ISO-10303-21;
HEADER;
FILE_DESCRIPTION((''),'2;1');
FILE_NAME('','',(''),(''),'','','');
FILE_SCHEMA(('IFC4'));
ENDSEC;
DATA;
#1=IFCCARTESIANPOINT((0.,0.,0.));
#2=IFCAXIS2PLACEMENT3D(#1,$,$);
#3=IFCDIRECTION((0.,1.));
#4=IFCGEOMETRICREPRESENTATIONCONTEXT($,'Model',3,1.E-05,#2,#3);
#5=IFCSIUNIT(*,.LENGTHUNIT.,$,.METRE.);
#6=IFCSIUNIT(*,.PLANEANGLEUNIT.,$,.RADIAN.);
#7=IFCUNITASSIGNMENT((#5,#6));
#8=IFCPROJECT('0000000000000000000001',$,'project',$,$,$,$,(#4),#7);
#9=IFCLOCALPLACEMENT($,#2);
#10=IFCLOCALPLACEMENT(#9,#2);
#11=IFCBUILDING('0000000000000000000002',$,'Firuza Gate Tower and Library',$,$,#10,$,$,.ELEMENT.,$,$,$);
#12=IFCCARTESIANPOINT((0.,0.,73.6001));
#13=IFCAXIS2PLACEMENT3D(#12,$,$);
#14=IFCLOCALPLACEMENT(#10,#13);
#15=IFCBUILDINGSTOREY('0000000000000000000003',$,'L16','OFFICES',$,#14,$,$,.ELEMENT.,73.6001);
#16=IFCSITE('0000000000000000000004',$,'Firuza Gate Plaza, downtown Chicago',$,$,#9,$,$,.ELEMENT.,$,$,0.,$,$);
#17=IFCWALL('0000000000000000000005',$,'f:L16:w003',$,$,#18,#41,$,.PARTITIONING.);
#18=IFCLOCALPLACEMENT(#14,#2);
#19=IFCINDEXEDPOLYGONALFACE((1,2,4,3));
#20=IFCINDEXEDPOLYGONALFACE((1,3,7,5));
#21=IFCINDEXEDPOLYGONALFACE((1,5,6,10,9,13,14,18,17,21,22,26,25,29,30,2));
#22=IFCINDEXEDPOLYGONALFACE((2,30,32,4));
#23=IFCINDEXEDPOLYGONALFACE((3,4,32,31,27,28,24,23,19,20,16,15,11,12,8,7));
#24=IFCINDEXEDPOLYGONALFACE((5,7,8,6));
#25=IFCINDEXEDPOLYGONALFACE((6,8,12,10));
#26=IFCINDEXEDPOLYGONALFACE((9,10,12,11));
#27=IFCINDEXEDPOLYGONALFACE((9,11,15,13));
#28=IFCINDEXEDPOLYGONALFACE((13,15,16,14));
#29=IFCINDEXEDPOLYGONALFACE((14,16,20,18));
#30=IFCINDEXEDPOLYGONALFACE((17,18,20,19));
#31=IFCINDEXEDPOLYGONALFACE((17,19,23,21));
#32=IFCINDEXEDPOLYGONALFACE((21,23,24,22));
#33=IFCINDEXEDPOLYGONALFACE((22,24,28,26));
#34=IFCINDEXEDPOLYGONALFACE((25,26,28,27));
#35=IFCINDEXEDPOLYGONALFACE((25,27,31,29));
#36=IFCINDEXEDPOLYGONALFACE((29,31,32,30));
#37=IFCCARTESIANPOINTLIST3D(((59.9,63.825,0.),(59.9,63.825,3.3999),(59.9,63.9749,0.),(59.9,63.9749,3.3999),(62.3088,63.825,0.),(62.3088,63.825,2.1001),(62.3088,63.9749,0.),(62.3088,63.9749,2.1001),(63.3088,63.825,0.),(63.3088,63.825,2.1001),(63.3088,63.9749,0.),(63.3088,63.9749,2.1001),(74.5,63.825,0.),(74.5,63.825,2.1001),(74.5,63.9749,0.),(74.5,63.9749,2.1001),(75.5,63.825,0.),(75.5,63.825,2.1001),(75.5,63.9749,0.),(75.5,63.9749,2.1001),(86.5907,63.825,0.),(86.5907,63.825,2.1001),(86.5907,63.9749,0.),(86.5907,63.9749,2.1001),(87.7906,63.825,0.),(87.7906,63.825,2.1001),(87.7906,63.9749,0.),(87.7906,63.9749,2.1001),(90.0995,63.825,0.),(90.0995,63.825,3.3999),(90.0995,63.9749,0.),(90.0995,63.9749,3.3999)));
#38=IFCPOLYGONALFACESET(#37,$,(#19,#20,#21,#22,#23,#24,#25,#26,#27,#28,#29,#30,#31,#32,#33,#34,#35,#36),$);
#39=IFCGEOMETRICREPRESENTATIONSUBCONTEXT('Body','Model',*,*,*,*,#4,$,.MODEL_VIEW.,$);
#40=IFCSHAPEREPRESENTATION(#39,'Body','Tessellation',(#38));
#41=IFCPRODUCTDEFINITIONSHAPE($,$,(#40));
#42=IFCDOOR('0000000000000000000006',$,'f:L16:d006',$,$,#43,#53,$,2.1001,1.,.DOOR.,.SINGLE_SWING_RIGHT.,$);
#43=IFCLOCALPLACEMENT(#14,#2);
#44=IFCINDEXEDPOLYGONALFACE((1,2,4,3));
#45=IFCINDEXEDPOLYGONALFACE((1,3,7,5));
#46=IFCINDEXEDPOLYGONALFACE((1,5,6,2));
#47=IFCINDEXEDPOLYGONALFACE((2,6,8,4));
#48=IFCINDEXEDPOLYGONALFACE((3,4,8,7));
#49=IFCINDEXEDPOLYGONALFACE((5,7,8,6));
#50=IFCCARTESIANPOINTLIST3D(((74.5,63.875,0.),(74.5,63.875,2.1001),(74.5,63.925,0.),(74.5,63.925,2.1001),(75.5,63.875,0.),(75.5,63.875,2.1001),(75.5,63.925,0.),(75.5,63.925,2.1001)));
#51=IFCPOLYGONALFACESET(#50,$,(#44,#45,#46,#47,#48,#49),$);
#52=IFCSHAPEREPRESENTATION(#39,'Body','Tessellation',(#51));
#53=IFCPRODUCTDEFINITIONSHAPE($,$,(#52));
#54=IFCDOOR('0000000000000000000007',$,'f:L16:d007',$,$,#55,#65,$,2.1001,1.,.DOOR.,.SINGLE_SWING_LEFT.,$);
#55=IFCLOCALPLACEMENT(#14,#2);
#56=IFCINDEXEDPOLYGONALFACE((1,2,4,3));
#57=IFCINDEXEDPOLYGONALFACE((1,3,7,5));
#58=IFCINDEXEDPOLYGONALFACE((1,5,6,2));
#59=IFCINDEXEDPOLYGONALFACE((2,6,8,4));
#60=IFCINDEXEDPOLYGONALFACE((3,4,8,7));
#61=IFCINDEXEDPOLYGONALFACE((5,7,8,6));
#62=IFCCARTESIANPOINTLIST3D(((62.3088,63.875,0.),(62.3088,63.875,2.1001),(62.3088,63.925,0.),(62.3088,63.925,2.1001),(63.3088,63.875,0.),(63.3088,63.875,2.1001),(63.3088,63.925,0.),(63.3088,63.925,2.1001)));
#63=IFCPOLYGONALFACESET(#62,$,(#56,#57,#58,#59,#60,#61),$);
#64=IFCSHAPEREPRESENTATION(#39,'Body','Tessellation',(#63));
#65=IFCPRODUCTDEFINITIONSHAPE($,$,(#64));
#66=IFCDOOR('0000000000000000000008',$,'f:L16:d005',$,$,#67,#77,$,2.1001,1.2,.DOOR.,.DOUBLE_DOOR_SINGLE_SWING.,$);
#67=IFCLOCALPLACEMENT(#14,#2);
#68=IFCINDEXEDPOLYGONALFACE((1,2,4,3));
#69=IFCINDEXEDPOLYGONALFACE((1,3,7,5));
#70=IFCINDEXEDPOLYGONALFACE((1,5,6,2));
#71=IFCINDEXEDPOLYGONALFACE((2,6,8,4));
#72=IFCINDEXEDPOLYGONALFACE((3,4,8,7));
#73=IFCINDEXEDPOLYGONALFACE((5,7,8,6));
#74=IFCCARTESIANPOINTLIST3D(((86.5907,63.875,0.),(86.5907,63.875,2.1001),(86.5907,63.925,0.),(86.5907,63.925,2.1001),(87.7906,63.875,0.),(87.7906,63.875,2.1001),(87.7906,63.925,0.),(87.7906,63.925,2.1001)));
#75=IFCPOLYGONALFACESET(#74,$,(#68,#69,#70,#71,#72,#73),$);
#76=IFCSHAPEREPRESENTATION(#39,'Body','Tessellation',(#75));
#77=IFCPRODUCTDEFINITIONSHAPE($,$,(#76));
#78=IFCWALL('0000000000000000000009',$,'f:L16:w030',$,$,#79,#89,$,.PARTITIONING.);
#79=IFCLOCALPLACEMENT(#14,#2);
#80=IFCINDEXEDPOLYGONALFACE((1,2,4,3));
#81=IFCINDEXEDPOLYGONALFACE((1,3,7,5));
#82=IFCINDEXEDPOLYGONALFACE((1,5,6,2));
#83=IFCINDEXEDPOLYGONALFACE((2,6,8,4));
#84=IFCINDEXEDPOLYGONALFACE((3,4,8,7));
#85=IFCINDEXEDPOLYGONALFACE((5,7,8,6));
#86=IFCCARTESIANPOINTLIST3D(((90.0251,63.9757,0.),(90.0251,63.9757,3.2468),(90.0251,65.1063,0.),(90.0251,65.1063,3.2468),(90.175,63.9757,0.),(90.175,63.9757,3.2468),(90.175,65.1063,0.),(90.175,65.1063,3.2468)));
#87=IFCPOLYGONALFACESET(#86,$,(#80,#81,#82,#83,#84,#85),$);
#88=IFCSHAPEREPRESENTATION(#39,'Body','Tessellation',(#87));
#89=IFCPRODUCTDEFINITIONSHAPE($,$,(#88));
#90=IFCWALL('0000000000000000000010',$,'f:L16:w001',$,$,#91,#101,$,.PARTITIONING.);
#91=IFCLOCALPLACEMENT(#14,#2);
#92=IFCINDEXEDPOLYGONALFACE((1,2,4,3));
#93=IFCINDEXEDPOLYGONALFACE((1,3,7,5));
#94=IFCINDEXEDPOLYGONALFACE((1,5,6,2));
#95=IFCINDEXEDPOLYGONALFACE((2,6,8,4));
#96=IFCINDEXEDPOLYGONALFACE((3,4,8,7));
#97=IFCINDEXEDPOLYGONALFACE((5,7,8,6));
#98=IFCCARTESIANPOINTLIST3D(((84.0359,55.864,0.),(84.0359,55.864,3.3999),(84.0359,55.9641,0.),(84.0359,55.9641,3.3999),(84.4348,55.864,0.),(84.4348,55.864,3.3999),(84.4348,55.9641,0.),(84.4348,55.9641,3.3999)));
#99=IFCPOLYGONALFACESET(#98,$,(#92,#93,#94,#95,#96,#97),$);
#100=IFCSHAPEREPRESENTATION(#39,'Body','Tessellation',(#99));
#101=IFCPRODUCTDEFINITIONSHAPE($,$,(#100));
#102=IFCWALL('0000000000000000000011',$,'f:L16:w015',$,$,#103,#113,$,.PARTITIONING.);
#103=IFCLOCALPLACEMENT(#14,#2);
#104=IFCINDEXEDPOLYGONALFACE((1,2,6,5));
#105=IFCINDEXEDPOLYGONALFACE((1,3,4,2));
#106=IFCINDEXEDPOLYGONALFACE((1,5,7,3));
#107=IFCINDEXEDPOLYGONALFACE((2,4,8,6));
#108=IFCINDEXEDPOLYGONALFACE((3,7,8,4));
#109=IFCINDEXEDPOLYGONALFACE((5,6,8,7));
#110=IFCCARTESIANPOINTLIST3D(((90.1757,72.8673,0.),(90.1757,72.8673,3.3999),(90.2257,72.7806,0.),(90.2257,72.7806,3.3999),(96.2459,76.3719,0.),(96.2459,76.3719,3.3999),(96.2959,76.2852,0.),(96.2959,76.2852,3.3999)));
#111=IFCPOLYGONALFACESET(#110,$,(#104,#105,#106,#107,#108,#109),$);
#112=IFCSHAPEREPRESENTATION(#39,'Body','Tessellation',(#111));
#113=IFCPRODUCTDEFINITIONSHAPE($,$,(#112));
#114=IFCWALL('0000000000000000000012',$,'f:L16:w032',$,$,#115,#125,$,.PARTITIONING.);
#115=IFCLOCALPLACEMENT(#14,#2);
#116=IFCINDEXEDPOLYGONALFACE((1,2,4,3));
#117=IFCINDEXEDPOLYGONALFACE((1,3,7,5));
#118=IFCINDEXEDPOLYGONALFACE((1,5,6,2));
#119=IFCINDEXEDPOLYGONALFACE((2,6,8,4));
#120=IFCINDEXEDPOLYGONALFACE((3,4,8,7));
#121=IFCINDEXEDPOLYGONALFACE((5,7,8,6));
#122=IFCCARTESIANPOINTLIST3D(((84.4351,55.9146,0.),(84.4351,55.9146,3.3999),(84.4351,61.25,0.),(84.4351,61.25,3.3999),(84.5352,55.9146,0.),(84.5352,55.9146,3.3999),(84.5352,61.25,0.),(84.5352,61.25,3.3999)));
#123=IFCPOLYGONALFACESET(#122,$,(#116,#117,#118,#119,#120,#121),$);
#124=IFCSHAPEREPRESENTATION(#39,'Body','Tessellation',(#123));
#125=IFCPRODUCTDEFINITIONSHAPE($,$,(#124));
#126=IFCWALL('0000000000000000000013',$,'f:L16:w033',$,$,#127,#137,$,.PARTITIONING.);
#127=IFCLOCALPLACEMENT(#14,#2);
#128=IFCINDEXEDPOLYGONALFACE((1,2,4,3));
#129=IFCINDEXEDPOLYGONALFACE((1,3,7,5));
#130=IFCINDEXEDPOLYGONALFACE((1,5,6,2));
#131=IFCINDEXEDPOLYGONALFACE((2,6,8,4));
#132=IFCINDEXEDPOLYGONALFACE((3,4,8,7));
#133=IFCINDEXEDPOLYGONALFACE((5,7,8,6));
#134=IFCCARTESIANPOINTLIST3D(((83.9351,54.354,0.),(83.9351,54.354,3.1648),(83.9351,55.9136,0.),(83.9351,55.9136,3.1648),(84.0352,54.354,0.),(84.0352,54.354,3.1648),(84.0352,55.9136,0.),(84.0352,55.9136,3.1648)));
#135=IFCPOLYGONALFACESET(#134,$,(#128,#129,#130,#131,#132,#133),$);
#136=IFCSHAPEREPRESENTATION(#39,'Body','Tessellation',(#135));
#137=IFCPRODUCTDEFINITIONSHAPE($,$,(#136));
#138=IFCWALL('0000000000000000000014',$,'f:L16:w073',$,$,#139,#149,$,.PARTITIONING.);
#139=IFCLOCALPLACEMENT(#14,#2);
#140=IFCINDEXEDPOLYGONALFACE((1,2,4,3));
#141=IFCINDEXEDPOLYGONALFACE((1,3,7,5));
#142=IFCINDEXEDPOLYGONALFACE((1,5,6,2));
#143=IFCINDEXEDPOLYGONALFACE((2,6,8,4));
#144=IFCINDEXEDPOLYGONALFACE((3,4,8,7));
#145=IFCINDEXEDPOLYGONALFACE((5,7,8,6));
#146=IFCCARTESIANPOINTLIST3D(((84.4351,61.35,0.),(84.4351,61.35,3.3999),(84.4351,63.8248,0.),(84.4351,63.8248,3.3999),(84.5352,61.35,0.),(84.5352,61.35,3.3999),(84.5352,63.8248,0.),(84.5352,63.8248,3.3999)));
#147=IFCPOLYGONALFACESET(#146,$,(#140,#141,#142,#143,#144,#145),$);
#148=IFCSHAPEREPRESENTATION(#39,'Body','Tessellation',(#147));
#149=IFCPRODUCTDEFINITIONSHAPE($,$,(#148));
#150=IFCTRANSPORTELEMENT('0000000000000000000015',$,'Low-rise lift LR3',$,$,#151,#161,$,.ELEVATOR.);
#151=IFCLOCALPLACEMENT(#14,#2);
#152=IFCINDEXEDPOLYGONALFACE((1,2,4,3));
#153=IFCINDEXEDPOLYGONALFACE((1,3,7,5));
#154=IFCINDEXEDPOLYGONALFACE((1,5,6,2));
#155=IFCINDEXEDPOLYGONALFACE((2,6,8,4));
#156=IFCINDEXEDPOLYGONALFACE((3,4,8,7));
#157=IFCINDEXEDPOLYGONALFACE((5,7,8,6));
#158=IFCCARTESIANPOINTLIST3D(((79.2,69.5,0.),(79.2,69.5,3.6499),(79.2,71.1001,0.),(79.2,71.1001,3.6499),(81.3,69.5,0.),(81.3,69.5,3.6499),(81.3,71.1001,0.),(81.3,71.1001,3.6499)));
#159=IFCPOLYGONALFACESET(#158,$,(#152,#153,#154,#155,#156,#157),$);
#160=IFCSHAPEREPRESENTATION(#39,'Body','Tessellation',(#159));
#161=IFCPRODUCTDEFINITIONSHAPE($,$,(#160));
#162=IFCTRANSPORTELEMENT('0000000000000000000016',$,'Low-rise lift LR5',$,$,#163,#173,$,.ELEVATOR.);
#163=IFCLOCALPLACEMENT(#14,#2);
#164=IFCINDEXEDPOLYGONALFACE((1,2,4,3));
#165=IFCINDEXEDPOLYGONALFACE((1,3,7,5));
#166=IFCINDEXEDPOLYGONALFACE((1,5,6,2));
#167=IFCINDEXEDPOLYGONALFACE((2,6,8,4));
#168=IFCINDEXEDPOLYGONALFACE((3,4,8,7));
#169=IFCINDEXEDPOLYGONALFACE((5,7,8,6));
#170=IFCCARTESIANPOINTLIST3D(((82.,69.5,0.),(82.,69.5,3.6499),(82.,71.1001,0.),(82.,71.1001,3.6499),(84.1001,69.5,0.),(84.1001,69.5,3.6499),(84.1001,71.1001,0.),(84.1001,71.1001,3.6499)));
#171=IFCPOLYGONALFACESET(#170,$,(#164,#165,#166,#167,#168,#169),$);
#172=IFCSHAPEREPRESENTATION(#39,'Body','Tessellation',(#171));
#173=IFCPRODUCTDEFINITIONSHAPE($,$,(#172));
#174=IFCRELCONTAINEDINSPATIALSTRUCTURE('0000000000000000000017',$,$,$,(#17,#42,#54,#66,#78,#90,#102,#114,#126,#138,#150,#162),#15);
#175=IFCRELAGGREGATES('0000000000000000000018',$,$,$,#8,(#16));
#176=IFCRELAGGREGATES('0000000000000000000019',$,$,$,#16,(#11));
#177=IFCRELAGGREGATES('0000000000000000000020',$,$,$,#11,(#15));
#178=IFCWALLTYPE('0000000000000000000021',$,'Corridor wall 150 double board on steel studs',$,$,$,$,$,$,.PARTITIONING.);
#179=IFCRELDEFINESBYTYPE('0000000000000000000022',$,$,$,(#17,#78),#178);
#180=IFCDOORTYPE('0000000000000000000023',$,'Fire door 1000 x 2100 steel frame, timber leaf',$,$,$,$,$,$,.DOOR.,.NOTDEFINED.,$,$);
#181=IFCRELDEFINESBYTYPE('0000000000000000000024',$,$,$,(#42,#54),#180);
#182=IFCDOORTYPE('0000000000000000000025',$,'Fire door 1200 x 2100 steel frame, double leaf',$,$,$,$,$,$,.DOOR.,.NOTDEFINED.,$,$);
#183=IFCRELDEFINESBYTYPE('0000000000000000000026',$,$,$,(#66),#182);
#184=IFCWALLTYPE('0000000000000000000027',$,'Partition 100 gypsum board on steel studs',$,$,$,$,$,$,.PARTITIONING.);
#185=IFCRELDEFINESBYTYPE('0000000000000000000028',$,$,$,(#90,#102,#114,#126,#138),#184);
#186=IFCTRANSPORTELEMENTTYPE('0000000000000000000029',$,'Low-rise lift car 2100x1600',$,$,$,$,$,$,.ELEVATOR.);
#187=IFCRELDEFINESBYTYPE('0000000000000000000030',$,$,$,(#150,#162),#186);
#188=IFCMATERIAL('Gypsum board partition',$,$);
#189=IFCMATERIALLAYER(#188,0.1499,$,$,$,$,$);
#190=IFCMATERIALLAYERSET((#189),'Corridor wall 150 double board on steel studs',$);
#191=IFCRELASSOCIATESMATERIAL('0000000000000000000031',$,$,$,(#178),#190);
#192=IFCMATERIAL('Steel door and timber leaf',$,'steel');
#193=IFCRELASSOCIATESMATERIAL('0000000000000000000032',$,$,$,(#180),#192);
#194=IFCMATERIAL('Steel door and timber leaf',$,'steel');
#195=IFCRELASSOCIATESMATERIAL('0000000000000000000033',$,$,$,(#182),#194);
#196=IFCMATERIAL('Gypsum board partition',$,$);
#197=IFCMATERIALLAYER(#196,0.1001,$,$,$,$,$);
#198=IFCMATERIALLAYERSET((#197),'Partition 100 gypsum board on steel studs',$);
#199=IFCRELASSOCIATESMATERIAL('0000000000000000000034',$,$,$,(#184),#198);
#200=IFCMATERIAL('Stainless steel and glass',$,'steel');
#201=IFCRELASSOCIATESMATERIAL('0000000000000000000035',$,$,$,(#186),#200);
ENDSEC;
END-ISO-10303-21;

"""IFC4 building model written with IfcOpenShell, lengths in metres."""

from ifc_helpers import new_model, si_unit, direction, frame, frame_2d, origin, origin_2d, place, context, subcontext, project, spatial, rectangle, extrude, material, layer, layer_set, type_object, element, fill, save


model = new_model("IFC4")

# Units and contexts
model_context = context("Model", 3, precision=1e-05, world=origin(), true_north=direction((0.0, 1.0)))
body_context = subcontext(model_context, "Body", "Model", "MODEL_VIEW")
ifc_project = project(units=[si_unit("LENGTHUNIT", "METRE"), si_unit("PLANEANGLEUNIT", "RADIAN")], contexts=[model_context])

# Site, building, storey
site_placement = place(None, origin())
site = spatial("IfcSite", under=ifc_project, at=site_placement, Name="Firuza Gate Plaza, downtown Chicago", CompositionType="ELEMENT", RefElevation=0.0)
building_placement = place(site_placement, origin())
building = spatial("IfcBuilding", under=site, at=building_placement, Name="Firuza Gate Tower and Library", CompositionType="ELEMENT")
storey_placement = place(building_placement, frame((0.0, 0.0, 73.6001)))
storey = spatial("IfcBuildingStorey", under=building, at=storey_placement, Name="L16", Description="OFFICES", CompositionType="ELEMENT", Elevation=73.6001)

# Wall, openings, doors
ifc_material_1 = material(Name="Gypsum board partition")
ifc_layer_1 = layer(ifc_material_1, 0.1499)
ifc_layer_set_1 = layer_set([ifc_layer_1], Name="Corridor wall 150 double board on steel studs")
wall_type_1 = type_object("IfcWallType", Name="Corridor wall 150 double board on steel studs", PredefinedType="PARTITIONING", material=ifc_layer_set_1)
wall_1_placement = place(storey_placement, frame((90.0994, 63.8999, 0.0), z_axis=(0.0, 0.0, 1.0), x_axis=(-1.0, 0.0, 0.0)))
wall_1 = element("IfcWall", 1, at=wall_1_placement, inside=storey, type_object=wall_type_1, Name="f:L16:w003", PredefinedType="PARTITIONING", context=body_context, shape_type="SweptSolid", body=[
    extrude(rectangle(XDim=30.1995, YDim=0.1499, at=frame_2d((15.0996, 0.0))), origin(), (0.0, 0.0, 1.0), 3.3999),
])
opening_1_placement = place(wall_1_placement, frame((2.3086, 0.0, 0.0)))
opening_1 = element("IfcOpeningElement", 2, at=opening_1_placement, cuts=wall_1, PredefinedType="OPENING", context=body_context, shape_type="SweptSolid", body=[
    extrude(rectangle(XDim=1.2, YDim=2.1001, at=frame_2d((0.6001, 1.05))), frame((0.0, 0.085, 0.0), z_axis=(0.0, -1.0, 0.0), x_axis=(1.0, 0.0, 0.0)), (0.0, 0.0, 1.0), 0.1699),
])
opening_2_placement = place(wall_1_placement, frame((14.5994, 0.0, 0.0)))
opening_2 = element("IfcOpeningElement", 3, at=opening_2_placement, cuts=wall_1, PredefinedType="OPENING", context=body_context, shape_type="SweptSolid", body=[
    extrude(rectangle(XDim=1.0, YDim=2.1001, at=frame_2d((0.5, 1.05))), frame((0.0, 0.085, 0.0), z_axis=(0.0, -1.0, 0.0), x_axis=(1.0, 0.0, 0.0)), (0.0, 0.0, 1.0), 0.1699),
])
opening_3_placement = place(wall_1_placement, frame((26.7905, 0.0, 0.0)))
opening_3 = element("IfcOpeningElement", 4, at=opening_3_placement, cuts=wall_1, PredefinedType="OPENING", context=body_context, shape_type="SweptSolid", body=[
    extrude(rectangle(XDim=1.0, YDim=2.1001, at=frame_2d((0.5, 1.05))), frame((0.0, 0.085, 0.0), z_axis=(0.0, -1.0, 0.0), x_axis=(1.0, 0.0, 0.0)), (0.0, 0.0, 1.0), 0.1699),
])
ifc_material_2 = material(Name="Steel door and timber leaf", Category="steel")
door_type_1 = type_object("IfcDoorType", Name="Fire door 1000 x 2100 steel frame, timber leaf", OperationType="NOTDEFINED", PredefinedType="DOOR", material=ifc_material_2)
door_1_placement = place(opening_2_placement, origin())
door_1 = element("IfcDoor", 5, at=door_1_placement, inside=storey, type_object=door_type_1, Name="f:L16:d006", OperationType="SINGLE_SWING_RIGHT", OverallHeight=2.1001, OverallWidth=1.0, PredefinedType="DOOR", context=body_context, shape_type="SweptSolid", body=[
    extrude(rectangle(XDim=1.0, YDim=2.1001, at=frame_2d((0.5, 1.05))), frame((0.0, 0.0249, 0.0), z_axis=(0.0, -1.0, 0.0), x_axis=(1.0, 0.0, 0.0)), (0.0, 0.0, 1.0), 0.05),
])
fill(opening_2, door_1)
door_2_placement = place(opening_3_placement, origin())
door_2 = element("IfcDoor", 6, at=door_2_placement, inside=storey, type_object=door_type_1, Name="f:L16:d007", OperationType="SINGLE_SWING_LEFT", OverallHeight=2.1001, OverallWidth=1.0, PredefinedType="DOOR", context=body_context, shape_type="SweptSolid", body=[
    extrude(rectangle(XDim=1.0, YDim=2.1001, at=frame_2d((0.5, 1.05))), frame((0.0, 0.0249, 0.0), z_axis=(0.0, -1.0, 0.0), x_axis=(1.0, 0.0, 0.0)), (0.0, 0.0, 1.0), 0.05),
])
fill(opening_3, door_2)
ifc_material_3 = material(Name="Steel door and timber leaf", Category="steel")
door_type_2 = type_object("IfcDoorType", Name="Fire door 1200 x 2100 steel frame, double leaf", OperationType="NOTDEFINED", PredefinedType="DOOR", material=ifc_material_3)
door_3_placement = place(opening_1_placement, origin())
door_3 = element("IfcDoor", 7, at=door_3_placement, inside=storey, type_object=door_type_2, Name="f:L16:d005", OperationType="DOUBLE_DOOR_SINGLE_SWING", OverallHeight=2.1001, OverallWidth=1.2, PredefinedType="DOOR", context=body_context, shape_type="SweptSolid", body=[
    extrude(rectangle(XDim=1.2, YDim=2.1001, at=frame_2d((0.6001, 1.05))), frame((0.0, 0.0249, 0.0), z_axis=(0.0, -1.0, 0.0), x_axis=(1.0, 0.0, 0.0)), (0.0, 0.0, 1.0), 0.05),
])
fill(opening_1, door_3)

# Walls
wall_2_placement = place(storey_placement, frame((90.1001, 63.9756, 0.0), z_axis=(0.0, 0.0, 1.0), x_axis=(0.0, 1.0, 0.0)))
element("IfcWall", 8, at=wall_2_placement, inside=storey, type_object=wall_type_1, Name="f:L16:w030", PredefinedType="PARTITIONING", context=body_context, shape_type="SweptSolid", body=[
    extrude(rectangle(XDim=1.1306, YDim=0.1499, at=frame_2d((0.5654, 0.0))), origin(), (0.0, 0.0, 1.0), 3.2468),
])
ifc_material_4 = material(Name="Gypsum board partition")
ifc_layer_2 = layer(ifc_material_4, 0.1001)
ifc_layer_set_2 = layer_set([ifc_layer_2], Name="Partition 100 gypsum board on steel studs")
wall_type_2 = type_object("IfcWallType", Name="Partition 100 gypsum board on steel studs", PredefinedType="PARTITIONING", material=ifc_layer_set_2)
wall_3_placement = place(storey_placement, frame((84.0359, 55.9141, 0.0), z_axis=(0.0, 0.0, 1.0), x_axis=(1.0, 0.0, 0.0)))
element("IfcWall", 9, at=wall_3_placement, inside=storey, type_object=wall_type_2, Name="f:L16:w001", PredefinedType="PARTITIONING", context=body_context, shape_type="SweptSolid", body=[
    extrude(rectangle(XDim=0.3989, YDim=0.1001, at=frame_2d((0.1995, 0.0))), origin(), (0.0, 0.0, 1.0), 3.3999),
])
wall_4_placement = place(storey_placement, frame((90.2007, 72.824, 0.0), z_axis=(0.0, 0.0, 1.0), x_axis=(0.866029, 0.499994, 0.0)))
element("IfcWall", 10, at=wall_4_placement, inside=storey, type_object=wall_type_2, Name="f:L16:w015", PredefinedType="PARTITIONING", context=body_context, shape_type="SweptSolid", body=[
    extrude(rectangle(XDim=7.0093, YDim=0.1001, at=frame_2d((3.5046, 0.0))), origin(), (0.0, 0.0, 1.0), 3.3999),
])
wall_5_placement = place(storey_placement, frame((84.4851, 55.9146, 0.0), z_axis=(0.0, 0.0, 1.0), x_axis=(0.0, 1.0, 0.0)))
element("IfcWall", 11, at=wall_5_placement, inside=storey, type_object=wall_type_2, Name="f:L16:w032", PredefinedType="PARTITIONING", context=body_context, shape_type="SweptSolid", body=[
    extrude(rectangle(XDim=5.3354, YDim=0.1001, at=frame_2d((2.6677, 0.0))), origin(), (0.0, 0.0, 1.0), 3.3999),
])
wall_6_placement = place(storey_placement, frame((83.9851, 54.354, 0.0), z_axis=(0.0, 0.0, 1.0), x_axis=(0.0, 1.0, 0.0)))
element("IfcWall", 12, at=wall_6_placement, inside=storey, type_object=wall_type_2, Name="f:L16:w033", PredefinedType="PARTITIONING", context=body_context, shape_type="SweptSolid", body=[
    extrude(rectangle(XDim=1.5596, YDim=0.1001, at=frame_2d((0.7798, 0.0))), origin(), (0.0, 0.0, 1.0), 3.1648),
])
wall_7_placement = place(storey_placement, frame((84.4851, 61.3501, 0.0), z_axis=(0.0, 0.0, 1.0), x_axis=(0.0, 1.0, 0.0)))
element("IfcWall", 13, at=wall_7_placement, inside=storey, type_object=wall_type_2, Name="f:L16:w073", PredefinedType="PARTITIONING", context=body_context, shape_type="SweptSolid", body=[
    extrude(rectangle(XDim=2.4749, YDim=0.1001, at=frame_2d((1.2373, 0.0))), origin(), (0.0, 0.0, 1.0), 3.3999),
])

# Transport elements
ifc_material_5 = material(Name="Stainless steel and glass", Category="steel")
transport_element_type = type_object("IfcTransportElementType", Name="Low-rise lift car 2100x1600", PredefinedType="ELEVATOR", material=ifc_material_5)
for number, where, z_axis, x_axis, name in (
    (14, (80.25, 70.3, 0.0), (0.0, 0.0, 1.0), (1.0, 0.0, 0.0), "Low-rise lift LR3"),
    (15, (83.05, 70.3, 0.0), (0.0, 0.0, 1.0), (1.0, 0.0, 0.0), "Low-rise lift LR5"),
):
    element("IfcTransportElement", number, at=place(storey_placement, frame(where, z_axis=z_axis, x_axis=x_axis)), inside=storey, type_object=transport_element_type, Name=name, PredefinedType="ELEVATOR", context=body_context, shape_type="SweptSolid", body=[
        extrude(rectangle(XDim=2.1001, YDim=1.6001, at=origin_2d()), origin(), (0.0, 0.0, 1.0), 3.6499),
    ])

save(model, "model.ifc")
